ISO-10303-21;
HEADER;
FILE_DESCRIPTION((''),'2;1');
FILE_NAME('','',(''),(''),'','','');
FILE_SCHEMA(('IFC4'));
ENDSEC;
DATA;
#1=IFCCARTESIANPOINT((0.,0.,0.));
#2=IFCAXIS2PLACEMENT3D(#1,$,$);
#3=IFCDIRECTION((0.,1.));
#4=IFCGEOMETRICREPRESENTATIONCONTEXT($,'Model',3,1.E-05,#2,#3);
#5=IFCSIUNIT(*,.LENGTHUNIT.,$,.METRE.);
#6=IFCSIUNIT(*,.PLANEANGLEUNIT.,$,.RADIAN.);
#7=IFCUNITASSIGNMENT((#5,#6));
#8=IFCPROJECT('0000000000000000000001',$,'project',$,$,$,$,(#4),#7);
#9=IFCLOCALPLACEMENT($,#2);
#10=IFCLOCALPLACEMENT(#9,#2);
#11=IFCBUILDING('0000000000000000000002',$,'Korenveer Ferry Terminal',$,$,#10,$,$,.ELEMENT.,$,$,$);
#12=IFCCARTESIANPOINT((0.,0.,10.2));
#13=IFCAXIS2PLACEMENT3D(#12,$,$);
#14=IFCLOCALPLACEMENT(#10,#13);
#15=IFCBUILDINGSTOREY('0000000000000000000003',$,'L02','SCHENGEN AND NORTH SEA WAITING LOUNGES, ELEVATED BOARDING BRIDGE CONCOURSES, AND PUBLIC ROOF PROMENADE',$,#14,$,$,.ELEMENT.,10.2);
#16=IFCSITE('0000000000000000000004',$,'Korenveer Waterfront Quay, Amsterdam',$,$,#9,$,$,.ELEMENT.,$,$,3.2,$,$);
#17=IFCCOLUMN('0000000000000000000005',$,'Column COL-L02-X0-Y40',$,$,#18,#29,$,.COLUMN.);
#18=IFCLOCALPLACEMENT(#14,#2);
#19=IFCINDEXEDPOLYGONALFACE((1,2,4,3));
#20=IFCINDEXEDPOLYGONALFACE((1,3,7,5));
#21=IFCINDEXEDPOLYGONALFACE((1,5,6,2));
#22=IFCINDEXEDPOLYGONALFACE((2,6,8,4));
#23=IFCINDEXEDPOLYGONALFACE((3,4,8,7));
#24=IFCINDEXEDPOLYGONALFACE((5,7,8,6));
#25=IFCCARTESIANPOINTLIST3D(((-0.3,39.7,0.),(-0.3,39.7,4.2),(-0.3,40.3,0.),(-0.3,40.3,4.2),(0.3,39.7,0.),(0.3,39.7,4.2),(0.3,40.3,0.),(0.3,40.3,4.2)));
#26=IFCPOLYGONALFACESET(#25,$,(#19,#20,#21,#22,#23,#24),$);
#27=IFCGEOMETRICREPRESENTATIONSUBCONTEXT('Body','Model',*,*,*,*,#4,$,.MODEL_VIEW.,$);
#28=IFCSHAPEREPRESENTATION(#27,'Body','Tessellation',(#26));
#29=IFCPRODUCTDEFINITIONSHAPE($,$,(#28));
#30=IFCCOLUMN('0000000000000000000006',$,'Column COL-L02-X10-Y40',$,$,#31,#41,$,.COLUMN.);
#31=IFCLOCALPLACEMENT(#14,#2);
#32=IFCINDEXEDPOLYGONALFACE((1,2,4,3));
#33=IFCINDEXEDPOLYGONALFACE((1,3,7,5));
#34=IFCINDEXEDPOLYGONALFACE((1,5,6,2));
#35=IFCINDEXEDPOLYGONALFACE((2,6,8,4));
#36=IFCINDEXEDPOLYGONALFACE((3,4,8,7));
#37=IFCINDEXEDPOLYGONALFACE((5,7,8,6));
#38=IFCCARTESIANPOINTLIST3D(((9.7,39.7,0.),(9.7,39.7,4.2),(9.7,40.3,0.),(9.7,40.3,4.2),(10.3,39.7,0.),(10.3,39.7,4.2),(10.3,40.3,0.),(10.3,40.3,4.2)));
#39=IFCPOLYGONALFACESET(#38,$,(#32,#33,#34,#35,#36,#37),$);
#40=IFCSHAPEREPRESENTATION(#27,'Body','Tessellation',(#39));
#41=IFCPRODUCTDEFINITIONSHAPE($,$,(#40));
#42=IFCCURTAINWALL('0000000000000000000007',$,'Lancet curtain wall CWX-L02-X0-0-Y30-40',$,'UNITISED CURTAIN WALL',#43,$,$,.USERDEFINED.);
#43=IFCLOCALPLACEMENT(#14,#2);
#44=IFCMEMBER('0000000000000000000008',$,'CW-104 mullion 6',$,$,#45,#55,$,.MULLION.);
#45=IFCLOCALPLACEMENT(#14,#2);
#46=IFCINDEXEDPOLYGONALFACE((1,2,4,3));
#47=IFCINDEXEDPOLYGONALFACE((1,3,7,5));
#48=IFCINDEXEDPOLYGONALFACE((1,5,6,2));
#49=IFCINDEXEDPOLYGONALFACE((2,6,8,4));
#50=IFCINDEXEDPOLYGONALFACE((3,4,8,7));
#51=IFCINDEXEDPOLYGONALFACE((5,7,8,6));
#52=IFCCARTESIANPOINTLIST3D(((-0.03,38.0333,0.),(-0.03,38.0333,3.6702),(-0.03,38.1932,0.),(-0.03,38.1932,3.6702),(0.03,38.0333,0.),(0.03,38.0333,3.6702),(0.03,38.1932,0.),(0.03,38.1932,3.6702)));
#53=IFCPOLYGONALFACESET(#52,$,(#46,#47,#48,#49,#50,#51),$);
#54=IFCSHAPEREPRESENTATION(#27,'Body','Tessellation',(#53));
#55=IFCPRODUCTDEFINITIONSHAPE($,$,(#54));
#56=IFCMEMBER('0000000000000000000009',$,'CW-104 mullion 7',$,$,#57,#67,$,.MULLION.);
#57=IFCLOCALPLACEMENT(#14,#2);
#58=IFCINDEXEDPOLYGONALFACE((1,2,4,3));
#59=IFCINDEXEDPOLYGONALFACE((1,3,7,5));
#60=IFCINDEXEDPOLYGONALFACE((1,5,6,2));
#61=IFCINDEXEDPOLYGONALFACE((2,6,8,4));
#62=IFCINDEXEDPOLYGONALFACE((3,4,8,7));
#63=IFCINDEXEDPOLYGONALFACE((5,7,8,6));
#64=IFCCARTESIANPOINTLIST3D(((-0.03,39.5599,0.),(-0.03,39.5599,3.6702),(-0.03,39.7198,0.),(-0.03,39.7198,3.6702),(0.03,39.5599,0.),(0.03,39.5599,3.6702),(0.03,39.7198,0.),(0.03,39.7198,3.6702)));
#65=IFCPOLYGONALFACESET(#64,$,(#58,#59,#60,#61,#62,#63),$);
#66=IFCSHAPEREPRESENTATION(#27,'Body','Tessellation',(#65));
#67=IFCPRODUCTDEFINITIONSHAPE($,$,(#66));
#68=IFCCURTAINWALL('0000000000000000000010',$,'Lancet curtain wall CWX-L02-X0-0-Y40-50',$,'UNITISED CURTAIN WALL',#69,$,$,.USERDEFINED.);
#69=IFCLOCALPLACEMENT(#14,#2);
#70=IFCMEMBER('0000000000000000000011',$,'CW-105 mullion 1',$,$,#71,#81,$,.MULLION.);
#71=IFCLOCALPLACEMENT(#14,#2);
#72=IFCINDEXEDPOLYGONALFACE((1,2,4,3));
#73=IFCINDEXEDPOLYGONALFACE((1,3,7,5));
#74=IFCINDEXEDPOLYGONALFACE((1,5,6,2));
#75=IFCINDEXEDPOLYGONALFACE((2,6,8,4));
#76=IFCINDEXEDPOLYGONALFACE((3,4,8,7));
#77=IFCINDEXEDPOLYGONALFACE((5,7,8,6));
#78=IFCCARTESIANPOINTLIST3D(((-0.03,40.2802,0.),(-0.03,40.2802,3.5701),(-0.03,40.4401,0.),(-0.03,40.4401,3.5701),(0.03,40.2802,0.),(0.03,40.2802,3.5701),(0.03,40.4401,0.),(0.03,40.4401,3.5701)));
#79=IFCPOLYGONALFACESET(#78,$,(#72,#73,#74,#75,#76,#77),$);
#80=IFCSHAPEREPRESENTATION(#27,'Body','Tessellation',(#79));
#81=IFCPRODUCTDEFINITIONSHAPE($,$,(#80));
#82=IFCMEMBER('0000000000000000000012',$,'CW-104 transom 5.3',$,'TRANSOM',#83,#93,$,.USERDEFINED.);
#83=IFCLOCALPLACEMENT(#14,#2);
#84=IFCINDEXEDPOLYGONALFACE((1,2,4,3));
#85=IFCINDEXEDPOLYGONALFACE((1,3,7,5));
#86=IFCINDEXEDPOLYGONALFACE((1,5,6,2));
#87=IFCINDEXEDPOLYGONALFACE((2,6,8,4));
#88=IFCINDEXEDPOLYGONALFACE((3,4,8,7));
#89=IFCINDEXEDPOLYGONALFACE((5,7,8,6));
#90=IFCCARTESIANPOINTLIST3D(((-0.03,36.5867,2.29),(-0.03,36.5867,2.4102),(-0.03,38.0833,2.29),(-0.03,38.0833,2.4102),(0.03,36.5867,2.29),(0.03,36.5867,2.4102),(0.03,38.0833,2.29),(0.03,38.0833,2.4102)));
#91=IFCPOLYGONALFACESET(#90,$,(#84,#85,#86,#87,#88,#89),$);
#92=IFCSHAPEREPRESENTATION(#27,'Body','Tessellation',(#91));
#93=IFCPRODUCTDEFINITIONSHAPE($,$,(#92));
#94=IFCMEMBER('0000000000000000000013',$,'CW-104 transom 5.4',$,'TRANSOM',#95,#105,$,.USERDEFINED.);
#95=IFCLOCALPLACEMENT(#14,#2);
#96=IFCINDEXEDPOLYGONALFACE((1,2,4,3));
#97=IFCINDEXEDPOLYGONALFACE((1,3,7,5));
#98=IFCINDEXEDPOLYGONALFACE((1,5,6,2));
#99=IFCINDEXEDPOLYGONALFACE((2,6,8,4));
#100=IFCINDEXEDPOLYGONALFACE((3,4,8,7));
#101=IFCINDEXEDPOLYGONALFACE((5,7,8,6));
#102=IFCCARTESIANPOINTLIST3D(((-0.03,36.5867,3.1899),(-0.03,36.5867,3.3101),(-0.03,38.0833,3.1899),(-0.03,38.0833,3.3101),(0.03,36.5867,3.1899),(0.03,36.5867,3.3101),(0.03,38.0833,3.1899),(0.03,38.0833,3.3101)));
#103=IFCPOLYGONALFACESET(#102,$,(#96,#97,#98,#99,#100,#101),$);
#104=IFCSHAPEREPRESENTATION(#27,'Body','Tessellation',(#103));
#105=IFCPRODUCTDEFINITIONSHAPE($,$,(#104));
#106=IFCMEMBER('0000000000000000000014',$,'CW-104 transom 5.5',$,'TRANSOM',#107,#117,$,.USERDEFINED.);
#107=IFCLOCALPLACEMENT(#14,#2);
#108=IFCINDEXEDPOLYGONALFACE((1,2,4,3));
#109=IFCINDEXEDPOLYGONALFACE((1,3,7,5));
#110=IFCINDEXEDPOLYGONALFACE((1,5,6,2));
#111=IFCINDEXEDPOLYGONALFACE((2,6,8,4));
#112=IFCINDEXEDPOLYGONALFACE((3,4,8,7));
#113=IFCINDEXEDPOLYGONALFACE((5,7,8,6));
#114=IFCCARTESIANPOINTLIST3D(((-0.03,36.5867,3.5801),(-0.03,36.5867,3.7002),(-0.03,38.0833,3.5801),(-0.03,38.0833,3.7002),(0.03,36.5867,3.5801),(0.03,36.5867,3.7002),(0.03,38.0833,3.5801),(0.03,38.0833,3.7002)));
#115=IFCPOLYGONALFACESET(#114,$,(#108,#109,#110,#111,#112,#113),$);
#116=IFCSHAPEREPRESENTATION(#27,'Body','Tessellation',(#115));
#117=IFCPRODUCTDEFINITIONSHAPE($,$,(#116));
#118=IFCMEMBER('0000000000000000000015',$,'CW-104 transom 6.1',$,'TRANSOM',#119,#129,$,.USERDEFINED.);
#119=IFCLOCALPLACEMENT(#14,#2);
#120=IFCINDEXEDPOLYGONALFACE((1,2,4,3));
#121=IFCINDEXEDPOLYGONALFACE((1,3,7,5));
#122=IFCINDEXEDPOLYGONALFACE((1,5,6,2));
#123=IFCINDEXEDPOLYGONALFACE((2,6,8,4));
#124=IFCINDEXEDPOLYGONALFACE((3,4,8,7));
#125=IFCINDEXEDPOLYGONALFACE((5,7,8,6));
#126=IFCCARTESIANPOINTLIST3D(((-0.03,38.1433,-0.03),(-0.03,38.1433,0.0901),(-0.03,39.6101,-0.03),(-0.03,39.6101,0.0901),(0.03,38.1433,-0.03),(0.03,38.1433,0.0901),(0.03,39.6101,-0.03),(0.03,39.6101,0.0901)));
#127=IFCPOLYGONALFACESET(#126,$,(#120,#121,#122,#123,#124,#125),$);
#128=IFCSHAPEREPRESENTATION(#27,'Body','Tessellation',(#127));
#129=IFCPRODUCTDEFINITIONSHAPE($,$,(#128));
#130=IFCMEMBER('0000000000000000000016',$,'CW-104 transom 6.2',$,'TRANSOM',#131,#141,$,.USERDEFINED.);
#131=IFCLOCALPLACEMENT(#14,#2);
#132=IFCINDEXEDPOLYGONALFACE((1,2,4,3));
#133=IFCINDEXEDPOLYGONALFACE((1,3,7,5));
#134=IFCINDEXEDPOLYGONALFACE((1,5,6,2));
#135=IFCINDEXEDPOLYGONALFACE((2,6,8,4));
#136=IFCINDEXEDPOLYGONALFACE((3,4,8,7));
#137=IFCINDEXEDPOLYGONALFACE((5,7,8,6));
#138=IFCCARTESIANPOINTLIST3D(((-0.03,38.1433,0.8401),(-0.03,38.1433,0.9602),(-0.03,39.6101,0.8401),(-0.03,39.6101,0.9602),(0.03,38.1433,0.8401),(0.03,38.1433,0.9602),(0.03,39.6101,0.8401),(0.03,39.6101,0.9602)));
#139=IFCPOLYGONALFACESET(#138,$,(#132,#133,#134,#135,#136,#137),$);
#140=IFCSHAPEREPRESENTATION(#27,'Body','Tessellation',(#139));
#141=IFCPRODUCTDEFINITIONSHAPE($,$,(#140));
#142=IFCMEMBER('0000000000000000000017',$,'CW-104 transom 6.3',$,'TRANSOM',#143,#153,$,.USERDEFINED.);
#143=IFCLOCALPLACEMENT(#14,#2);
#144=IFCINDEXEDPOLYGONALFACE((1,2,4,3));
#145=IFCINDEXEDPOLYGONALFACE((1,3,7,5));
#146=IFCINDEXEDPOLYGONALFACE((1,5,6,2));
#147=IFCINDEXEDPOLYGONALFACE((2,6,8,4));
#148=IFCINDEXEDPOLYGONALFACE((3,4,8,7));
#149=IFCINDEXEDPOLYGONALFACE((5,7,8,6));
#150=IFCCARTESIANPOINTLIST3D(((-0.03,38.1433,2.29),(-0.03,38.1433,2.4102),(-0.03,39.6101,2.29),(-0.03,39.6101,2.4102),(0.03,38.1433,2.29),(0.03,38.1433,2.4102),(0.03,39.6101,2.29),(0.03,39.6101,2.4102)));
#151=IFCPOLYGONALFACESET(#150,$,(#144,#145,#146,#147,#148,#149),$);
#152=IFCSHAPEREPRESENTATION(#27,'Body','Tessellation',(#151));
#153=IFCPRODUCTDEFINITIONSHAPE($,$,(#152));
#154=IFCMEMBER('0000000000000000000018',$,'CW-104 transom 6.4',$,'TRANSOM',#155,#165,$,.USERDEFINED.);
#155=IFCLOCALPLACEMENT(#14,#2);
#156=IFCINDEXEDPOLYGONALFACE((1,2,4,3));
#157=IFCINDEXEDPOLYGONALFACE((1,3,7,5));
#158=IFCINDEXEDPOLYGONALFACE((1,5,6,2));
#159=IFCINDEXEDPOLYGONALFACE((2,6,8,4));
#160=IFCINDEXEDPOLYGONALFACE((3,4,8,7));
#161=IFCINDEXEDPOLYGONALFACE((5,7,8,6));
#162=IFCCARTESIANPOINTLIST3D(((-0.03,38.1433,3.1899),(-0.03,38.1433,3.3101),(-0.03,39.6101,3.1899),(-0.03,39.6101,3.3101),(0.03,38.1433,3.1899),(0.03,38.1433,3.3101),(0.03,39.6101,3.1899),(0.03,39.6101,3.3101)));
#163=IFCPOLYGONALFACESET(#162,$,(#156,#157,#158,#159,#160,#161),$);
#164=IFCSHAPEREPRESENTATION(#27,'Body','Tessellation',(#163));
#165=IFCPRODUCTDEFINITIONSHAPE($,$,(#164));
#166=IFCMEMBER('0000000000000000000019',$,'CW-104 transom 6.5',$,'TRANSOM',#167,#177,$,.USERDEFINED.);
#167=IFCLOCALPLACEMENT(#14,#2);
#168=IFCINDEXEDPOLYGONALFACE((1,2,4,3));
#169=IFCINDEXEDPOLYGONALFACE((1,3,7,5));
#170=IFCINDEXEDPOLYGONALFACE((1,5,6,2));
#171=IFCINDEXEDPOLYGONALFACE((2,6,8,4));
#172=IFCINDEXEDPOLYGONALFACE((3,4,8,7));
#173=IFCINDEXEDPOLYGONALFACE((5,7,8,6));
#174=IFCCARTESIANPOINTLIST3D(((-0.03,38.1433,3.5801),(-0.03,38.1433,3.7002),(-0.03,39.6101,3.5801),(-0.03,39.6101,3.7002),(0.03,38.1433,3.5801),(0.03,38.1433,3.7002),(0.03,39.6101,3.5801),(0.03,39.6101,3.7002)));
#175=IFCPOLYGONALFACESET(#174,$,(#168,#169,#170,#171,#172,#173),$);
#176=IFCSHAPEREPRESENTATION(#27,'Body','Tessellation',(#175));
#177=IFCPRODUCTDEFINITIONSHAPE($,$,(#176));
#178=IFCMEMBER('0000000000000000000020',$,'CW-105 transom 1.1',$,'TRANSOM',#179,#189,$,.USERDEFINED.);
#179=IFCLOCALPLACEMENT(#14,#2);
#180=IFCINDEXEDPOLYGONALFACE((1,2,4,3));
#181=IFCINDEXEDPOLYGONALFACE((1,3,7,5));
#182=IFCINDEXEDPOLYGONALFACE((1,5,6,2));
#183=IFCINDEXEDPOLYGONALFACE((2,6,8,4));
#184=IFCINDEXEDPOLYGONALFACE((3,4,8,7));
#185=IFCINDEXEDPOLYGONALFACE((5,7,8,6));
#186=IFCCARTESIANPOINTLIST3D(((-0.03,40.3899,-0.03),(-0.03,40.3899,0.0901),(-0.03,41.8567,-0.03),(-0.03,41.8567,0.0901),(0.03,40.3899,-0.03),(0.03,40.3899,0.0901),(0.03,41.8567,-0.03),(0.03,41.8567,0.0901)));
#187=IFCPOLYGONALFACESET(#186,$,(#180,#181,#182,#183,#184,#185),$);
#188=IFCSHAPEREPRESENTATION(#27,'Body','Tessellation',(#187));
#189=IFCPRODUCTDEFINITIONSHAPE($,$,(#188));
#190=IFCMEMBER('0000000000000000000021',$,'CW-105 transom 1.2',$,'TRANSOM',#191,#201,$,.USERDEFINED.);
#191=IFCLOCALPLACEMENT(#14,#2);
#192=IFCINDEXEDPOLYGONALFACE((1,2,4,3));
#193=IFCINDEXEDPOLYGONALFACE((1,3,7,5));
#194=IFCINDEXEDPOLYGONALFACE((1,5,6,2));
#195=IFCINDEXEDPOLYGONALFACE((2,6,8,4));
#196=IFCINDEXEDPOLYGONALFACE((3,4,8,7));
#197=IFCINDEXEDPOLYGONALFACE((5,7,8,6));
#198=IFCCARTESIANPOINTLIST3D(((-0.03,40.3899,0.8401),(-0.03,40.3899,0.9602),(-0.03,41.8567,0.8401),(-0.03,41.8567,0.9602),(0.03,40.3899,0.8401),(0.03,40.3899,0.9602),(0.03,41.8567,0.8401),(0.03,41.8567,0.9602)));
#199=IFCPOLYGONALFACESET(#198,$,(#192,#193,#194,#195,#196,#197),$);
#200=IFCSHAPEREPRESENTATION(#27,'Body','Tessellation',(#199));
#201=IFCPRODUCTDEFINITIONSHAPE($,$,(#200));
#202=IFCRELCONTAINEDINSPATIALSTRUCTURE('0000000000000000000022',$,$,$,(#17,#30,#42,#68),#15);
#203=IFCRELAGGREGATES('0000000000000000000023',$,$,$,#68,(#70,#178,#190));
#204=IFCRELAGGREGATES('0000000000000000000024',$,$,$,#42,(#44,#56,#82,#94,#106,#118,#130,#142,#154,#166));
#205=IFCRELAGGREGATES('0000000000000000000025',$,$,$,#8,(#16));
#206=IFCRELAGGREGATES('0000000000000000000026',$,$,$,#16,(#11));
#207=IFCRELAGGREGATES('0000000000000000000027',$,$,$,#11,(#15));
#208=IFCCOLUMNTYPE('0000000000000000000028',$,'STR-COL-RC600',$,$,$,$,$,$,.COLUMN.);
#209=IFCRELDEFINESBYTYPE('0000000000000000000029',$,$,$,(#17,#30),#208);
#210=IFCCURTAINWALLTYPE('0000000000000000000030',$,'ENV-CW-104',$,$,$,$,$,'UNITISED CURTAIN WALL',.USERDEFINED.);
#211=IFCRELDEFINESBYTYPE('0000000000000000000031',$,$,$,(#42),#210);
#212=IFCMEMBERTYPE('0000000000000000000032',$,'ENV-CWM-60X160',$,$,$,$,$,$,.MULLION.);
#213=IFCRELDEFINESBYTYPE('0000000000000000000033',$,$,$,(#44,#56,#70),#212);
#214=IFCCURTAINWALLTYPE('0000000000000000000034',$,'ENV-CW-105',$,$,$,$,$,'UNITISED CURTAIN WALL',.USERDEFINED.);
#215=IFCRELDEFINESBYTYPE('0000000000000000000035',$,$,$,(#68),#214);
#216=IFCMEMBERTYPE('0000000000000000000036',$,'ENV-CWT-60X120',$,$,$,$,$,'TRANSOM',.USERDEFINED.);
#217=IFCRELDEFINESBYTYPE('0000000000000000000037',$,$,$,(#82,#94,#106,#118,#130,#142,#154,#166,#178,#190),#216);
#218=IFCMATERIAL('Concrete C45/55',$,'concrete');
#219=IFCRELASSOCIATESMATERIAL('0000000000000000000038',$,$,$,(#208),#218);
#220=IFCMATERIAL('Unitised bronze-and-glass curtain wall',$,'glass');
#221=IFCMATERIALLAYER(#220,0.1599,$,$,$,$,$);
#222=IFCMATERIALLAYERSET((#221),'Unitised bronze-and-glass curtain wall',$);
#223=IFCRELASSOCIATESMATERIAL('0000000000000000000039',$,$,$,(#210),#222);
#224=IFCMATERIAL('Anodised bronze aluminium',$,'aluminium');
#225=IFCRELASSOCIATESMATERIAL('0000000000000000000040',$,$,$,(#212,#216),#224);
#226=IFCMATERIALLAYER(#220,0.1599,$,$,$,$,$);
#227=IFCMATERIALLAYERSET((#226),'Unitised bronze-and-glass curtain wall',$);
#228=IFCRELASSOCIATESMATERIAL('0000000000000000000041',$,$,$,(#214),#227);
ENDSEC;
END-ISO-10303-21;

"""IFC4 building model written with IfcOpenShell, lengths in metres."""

from ifc_helpers import new_model, si_unit, direction, frame, origin, origin_2d, place, context, subcontext, project, spatial, rectangle, extrude, material, layer, layer_set, material_profile, profile_set, type_object, element, aggregate, save


model = new_model("IFC4")

# Units and contexts
model_context = context("Model", 3, precision=1e-05, world=origin(), true_north=direction((0.0, 1.0)))
body_context = subcontext(model_context, "Body", "Model", "MODEL_VIEW")
ifc_project = project(units=[si_unit("LENGTHUNIT", "METRE"), si_unit("PLANEANGLEUNIT", "RADIAN")], contexts=[model_context])

# Site, building, storey
site_placement = place(None, origin())
site = spatial("IfcSite", under=ifc_project, at=site_placement, Name="Korenveer Waterfront Quay, Amsterdam", CompositionType="ELEMENT", RefElevation=3.2)
building_placement = place(site_placement, origin())
building = spatial("IfcBuilding", under=site, at=building_placement, Name="Korenveer Ferry Terminal", CompositionType="ELEMENT")
storey_placement = place(building_placement, frame((0.0, 0.0, 10.2)))
storey = spatial("IfcBuildingStorey", under=building, at=storey_placement, Name="L02", Description="SCHENGEN AND NORTH SEA WAITING LOUNGES, ELEVATED BOARDING BRIDGE CONCOURSES, AND PUBLIC ROOF PROMENADE", CompositionType="ELEMENT", Elevation=10.2)

# Columns
ifc_material_1 = material(Name="Concrete C45/55", Category="concrete")
ifc_material_profile_1 = material_profile(ifc_material_1, rectangle(XDim=0.6001, YDim=0.6001, at=origin_2d()), Name="RC 600x600")
ifc_profile_set_1 = profile_set([ifc_material_profile_1], Name="Concrete C45/55")
column_type = type_object("IfcColumnType", Name="STR-COL-RC600", PredefinedType="COLUMN", material=ifc_profile_set_1)
for number, where, z_axis, x_axis, name in (
    (1, (0.0, 40.0, 0.0), (0.0, 0.0, 1.0), (1.0, 0.0, 0.0), "Column COL-L02-X0-Y40"),
    (2, (10.0, 40.0, 0.0), (0.0, 0.0, 1.0), (1.0, 0.0, 0.0), "Column COL-L02-X10-Y40"),
):
    element("IfcColumn", number, at=place(storey_placement, frame(where, z_axis=z_axis, x_axis=x_axis)), inside=storey, type_object=column_type, Name=name, PredefinedType="COLUMN", context=body_context, shape_type="SweptSolid", body=[
        extrude(rectangle(XDim=0.6001, YDim=0.6001, at=origin_2d()), origin(), (0.0, 0.0, 1.0), 4.2),
    ])

# Curtain wall, members
ifc_material_2 = material(Name="Unitised bronze-and-glass curtain wall", Category="glass")
ifc_layer_1 = layer(ifc_material_2, 0.1599)
ifc_layer_set_1 = layer_set([ifc_layer_1], Name="Unitised bronze-and-glass curtain wall")
curtain_wall_type_1 = type_object("IfcCurtainWallType", Name="ENV-CW-104", ElementType="UNITISED CURTAIN WALL", PredefinedType="USERDEFINED", material=ifc_layer_set_1)
curtain_wall_1_placement = place(storey_placement, frame((0.0, 30.3301, 0.0)))
curtain_wall_1 = element("IfcCurtainWall", 3, at=curtain_wall_1_placement, inside=storey, type_object=curtain_wall_type_1, Name="Lancet curtain wall CWX-L02-X0-0-Y30-40", ObjectType="UNITISED CURTAIN WALL", PredefinedType="USERDEFINED")
ifc_material_3 = material(Name="Anodised bronze aluminium", Category="aluminium")
ifc_material_profile_2 = material_profile(ifc_material_3, rectangle(XDim=0.0601, YDim=0.1599, at=origin_2d()), Name="ALU 60x160")
ifc_profile_set_2 = profile_set([ifc_material_profile_2], Name="Anodised bronze aluminium")
member_type_1 = type_object("IfcMemberType", Name="ENV-CWM-60X160", PredefinedType="MULLION", material=ifc_profile_set_2)
member_1_placement = place(storey_placement, frame((0.0, 38.1133, 0.0), z_axis=(0.0, 0.0, 1.0), x_axis=(-1.0, 0.0, 0.0)))
member_1 = element("IfcMember", 4, at=member_1_placement, type_object=member_type_1, Name="CW-104 mullion 6", PredefinedType="MULLION", context=body_context, shape_type="SweptSolid", body=[
    extrude(rectangle(XDim=0.0601, YDim=0.1599, at=origin_2d()), origin(), (0.0, 0.0, 1.0), 3.6702),
])
member_2_placement = place(storey_placement, frame((0.0, 39.6399, 0.0), z_axis=(0.0, 0.0, 1.0), x_axis=(-1.0, 0.0, 0.0)))
member_2 = element("IfcMember", 5, at=member_2_placement, type_object=member_type_1, Name="CW-104 mullion 7", PredefinedType="MULLION", context=body_context, shape_type="SweptSolid", body=[
    extrude(rectangle(XDim=0.0601, YDim=0.1599, at=origin_2d()), origin(), (0.0, 0.0, 1.0), 3.6702),
])

# Curtain wall, member
ifc_layer_2 = layer(ifc_material_2, 0.1599)
ifc_layer_set_2 = layer_set([ifc_layer_2], Name="Unitised bronze-and-glass curtain wall")
curtain_wall_type_2 = type_object("IfcCurtainWallType", Name="ENV-CW-105", ElementType="UNITISED CURTAIN WALL", PredefinedType="USERDEFINED", material=ifc_layer_set_2)
curtain_wall_2_placement = place(storey_placement, frame((0.0, 40.3301, 0.0)))
curtain_wall_2 = element("IfcCurtainWall", 6, at=curtain_wall_2_placement, inside=storey, type_object=curtain_wall_type_2, Name="Lancet curtain wall CWX-L02-X0-0-Y40-50", ObjectType="UNITISED CURTAIN WALL", PredefinedType="USERDEFINED")
member_3_placement = place(storey_placement, frame((0.0, 40.3601, 0.0), z_axis=(0.0, 0.0, 1.0), x_axis=(-1.0, 0.0, 0.0)))
member_3 = element("IfcMember", 7, at=member_3_placement, type_object=member_type_1, Name="CW-105 mullion 1", PredefinedType="MULLION", context=body_context, shape_type="SweptSolid", body=[
    extrude(rectangle(XDim=0.0601, YDim=0.1599, at=origin_2d()), origin(), (0.0, 0.0, 1.0), 3.5701),
])

# Members
ifc_material_profile_3 = material_profile(ifc_material_3, rectangle(XDim=0.0601, YDim=0.1201, at=origin_2d()), Name="ALU 60x120")
ifc_profile_set_3 = profile_set([ifc_material_profile_3], Name="Anodised bronze aluminium")
member_type_2 = type_object("IfcMemberType", Name="ENV-CWT-60X120", ElementType="TRANSOM", PredefinedType="USERDEFINED", material=ifc_profile_set_3)
member_4_placement = place(storey_placement, frame((0.0, 36.5867, 2.3501), z_axis=(0.0, 1.0, 0.0), x_axis=(-1.0, 0.0, 0.0)))
member_4 = element("IfcMember", 8, at=member_4_placement, type_object=member_type_2, Name="CW-104 transom 5.3", ObjectType="TRANSOM", PredefinedType="USERDEFINED", context=body_context, shape_type="SweptSolid", body=[
    extrude(rectangle(XDim=0.0601, YDim=0.1201, at=origin_2d()), origin(), (0.0, 0.0, 1.0), 1.4966),
])
member_5_placement = place(storey_placement, frame((0.0, 36.5867, 3.25), z_axis=(0.0, 1.0, 0.0), x_axis=(-1.0, 0.0, 0.0)))
member_5 = element("IfcMember", 9, at=member_5_placement, type_object=member_type_2, Name="CW-104 transom 5.4", ObjectType="TRANSOM", PredefinedType="USERDEFINED", context=body_context, shape_type="SweptSolid", body=[
    extrude(rectangle(XDim=0.0601, YDim=0.1201, at=origin_2d()), origin(), (0.0, 0.0, 1.0), 1.4966),
])
member_6_placement = place(storey_placement, frame((0.0, 36.5867, 3.6401), z_axis=(0.0, 1.0, 0.0), x_axis=(-1.0, 0.0, 0.0)))
member_6 = element("IfcMember", 10, at=member_6_placement, type_object=member_type_2, Name="CW-104 transom 5.5", ObjectType="TRANSOM", PredefinedType="USERDEFINED", context=body_context, shape_type="SweptSolid", body=[
    extrude(rectangle(XDim=0.0601, YDim=0.1201, at=origin_2d()), origin(), (0.0, 0.0, 1.0), 1.4966),
])
member_7_placement = place(storey_placement, frame((0.0, 38.1433, 0.03), z_axis=(0.0, 1.0, 0.0), x_axis=(-1.0, 0.0, 0.0)))
member_7 = element("IfcMember", 11, at=member_7_placement, type_object=member_type_2, Name="CW-104 transom 6.1", ObjectType="TRANSOM", PredefinedType="USERDEFINED", context=body_context, shape_type="SweptSolid", body=[
    extrude(rectangle(XDim=0.0601, YDim=0.1201, at=origin_2d()), origin(), (0.0, 0.0, 1.0), 1.4668),
])
member_8_placement = place(storey_placement, frame((0.0, 38.1433, 0.9001), z_axis=(0.0, 1.0, 0.0), x_axis=(-1.0, 0.0, 0.0)))
member_8 = element("IfcMember", 12, at=member_8_placement, type_object=member_type_2, Name="CW-104 transom 6.2", ObjectType="TRANSOM", PredefinedType="USERDEFINED", context=body_context, shape_type="SweptSolid", body=[
    extrude(rectangle(XDim=0.0601, YDim=0.1201, at=origin_2d()), origin(), (0.0, 0.0, 1.0), 1.4668),
])
member_9_placement = place(storey_placement, frame((0.0, 38.1433, 2.3501), z_axis=(0.0, 1.0, 0.0), x_axis=(-1.0, 0.0, 0.0)))
member_9 = element("IfcMember", 13, at=member_9_placement, type_object=member_type_2, Name="CW-104 transom 6.3", ObjectType="TRANSOM", PredefinedType="USERDEFINED", context=body_context, shape_type="SweptSolid", body=[
    extrude(rectangle(XDim=0.0601, YDim=0.1201, at=origin_2d()), origin(), (0.0, 0.0, 1.0), 1.4668),
])
member_10_placement = place(storey_placement, frame((0.0, 38.1433, 3.25), z_axis=(0.0, 1.0, 0.0), x_axis=(-1.0, 0.0, 0.0)))
member_10 = element("IfcMember", 14, at=member_10_placement, type_object=member_type_2, Name="CW-104 transom 6.4", ObjectType="TRANSOM", PredefinedType="USERDEFINED", context=body_context, shape_type="SweptSolid", body=[
    extrude(rectangle(XDim=0.0601, YDim=0.1201, at=origin_2d()), origin(), (0.0, 0.0, 1.0), 1.4668),
])
member_11_placement = place(storey_placement, frame((0.0, 38.1433, 3.6401), z_axis=(0.0, 1.0, 0.0), x_axis=(-1.0, 0.0, 0.0)))
member_11 = element("IfcMember", 15, at=member_11_placement, type_object=member_type_2, Name="CW-104 transom 6.5", ObjectType="TRANSOM", PredefinedType="USERDEFINED", context=body_context, shape_type="SweptSolid", body=[
    extrude(rectangle(XDim=0.0601, YDim=0.1201, at=origin_2d()), origin(), (0.0, 0.0, 1.0), 1.4668),
])
member_12_placement = place(storey_placement, frame((0.0, 40.3899, 0.03), z_axis=(0.0, 1.0, 0.0), x_axis=(-1.0, 0.0, 0.0)))
member_12 = element("IfcMember", 16, at=member_12_placement, type_object=member_type_2, Name="CW-105 transom 1.1", ObjectType="TRANSOM", PredefinedType="USERDEFINED", context=body_context, shape_type="SweptSolid", body=[
    extrude(rectangle(XDim=0.0601, YDim=0.1201, at=origin_2d()), origin(), (0.0, 0.0, 1.0), 1.4668),
])
member_13_placement = place(storey_placement, frame((0.0, 40.3899, 0.9001), z_axis=(0.0, 1.0, 0.0), x_axis=(-1.0, 0.0, 0.0)))
member_13 = element("IfcMember", 17, at=member_13_placement, type_object=member_type_2, Name="CW-105 transom 1.2", ObjectType="TRANSOM", PredefinedType="USERDEFINED", context=body_context, shape_type="SweptSolid", body=[
    extrude(rectangle(XDim=0.0601, YDim=0.1201, at=origin_2d()), origin(), (0.0, 0.0, 1.0), 1.4668),
])
aggregate(curtain_wall_2, [member_3, member_12, member_13])

aggregate(curtain_wall_1, [member_1, member_2, member_4, member_5, member_6, member_7, member_8, member_9, member_10, member_11])

save(model, "model.ifc")
